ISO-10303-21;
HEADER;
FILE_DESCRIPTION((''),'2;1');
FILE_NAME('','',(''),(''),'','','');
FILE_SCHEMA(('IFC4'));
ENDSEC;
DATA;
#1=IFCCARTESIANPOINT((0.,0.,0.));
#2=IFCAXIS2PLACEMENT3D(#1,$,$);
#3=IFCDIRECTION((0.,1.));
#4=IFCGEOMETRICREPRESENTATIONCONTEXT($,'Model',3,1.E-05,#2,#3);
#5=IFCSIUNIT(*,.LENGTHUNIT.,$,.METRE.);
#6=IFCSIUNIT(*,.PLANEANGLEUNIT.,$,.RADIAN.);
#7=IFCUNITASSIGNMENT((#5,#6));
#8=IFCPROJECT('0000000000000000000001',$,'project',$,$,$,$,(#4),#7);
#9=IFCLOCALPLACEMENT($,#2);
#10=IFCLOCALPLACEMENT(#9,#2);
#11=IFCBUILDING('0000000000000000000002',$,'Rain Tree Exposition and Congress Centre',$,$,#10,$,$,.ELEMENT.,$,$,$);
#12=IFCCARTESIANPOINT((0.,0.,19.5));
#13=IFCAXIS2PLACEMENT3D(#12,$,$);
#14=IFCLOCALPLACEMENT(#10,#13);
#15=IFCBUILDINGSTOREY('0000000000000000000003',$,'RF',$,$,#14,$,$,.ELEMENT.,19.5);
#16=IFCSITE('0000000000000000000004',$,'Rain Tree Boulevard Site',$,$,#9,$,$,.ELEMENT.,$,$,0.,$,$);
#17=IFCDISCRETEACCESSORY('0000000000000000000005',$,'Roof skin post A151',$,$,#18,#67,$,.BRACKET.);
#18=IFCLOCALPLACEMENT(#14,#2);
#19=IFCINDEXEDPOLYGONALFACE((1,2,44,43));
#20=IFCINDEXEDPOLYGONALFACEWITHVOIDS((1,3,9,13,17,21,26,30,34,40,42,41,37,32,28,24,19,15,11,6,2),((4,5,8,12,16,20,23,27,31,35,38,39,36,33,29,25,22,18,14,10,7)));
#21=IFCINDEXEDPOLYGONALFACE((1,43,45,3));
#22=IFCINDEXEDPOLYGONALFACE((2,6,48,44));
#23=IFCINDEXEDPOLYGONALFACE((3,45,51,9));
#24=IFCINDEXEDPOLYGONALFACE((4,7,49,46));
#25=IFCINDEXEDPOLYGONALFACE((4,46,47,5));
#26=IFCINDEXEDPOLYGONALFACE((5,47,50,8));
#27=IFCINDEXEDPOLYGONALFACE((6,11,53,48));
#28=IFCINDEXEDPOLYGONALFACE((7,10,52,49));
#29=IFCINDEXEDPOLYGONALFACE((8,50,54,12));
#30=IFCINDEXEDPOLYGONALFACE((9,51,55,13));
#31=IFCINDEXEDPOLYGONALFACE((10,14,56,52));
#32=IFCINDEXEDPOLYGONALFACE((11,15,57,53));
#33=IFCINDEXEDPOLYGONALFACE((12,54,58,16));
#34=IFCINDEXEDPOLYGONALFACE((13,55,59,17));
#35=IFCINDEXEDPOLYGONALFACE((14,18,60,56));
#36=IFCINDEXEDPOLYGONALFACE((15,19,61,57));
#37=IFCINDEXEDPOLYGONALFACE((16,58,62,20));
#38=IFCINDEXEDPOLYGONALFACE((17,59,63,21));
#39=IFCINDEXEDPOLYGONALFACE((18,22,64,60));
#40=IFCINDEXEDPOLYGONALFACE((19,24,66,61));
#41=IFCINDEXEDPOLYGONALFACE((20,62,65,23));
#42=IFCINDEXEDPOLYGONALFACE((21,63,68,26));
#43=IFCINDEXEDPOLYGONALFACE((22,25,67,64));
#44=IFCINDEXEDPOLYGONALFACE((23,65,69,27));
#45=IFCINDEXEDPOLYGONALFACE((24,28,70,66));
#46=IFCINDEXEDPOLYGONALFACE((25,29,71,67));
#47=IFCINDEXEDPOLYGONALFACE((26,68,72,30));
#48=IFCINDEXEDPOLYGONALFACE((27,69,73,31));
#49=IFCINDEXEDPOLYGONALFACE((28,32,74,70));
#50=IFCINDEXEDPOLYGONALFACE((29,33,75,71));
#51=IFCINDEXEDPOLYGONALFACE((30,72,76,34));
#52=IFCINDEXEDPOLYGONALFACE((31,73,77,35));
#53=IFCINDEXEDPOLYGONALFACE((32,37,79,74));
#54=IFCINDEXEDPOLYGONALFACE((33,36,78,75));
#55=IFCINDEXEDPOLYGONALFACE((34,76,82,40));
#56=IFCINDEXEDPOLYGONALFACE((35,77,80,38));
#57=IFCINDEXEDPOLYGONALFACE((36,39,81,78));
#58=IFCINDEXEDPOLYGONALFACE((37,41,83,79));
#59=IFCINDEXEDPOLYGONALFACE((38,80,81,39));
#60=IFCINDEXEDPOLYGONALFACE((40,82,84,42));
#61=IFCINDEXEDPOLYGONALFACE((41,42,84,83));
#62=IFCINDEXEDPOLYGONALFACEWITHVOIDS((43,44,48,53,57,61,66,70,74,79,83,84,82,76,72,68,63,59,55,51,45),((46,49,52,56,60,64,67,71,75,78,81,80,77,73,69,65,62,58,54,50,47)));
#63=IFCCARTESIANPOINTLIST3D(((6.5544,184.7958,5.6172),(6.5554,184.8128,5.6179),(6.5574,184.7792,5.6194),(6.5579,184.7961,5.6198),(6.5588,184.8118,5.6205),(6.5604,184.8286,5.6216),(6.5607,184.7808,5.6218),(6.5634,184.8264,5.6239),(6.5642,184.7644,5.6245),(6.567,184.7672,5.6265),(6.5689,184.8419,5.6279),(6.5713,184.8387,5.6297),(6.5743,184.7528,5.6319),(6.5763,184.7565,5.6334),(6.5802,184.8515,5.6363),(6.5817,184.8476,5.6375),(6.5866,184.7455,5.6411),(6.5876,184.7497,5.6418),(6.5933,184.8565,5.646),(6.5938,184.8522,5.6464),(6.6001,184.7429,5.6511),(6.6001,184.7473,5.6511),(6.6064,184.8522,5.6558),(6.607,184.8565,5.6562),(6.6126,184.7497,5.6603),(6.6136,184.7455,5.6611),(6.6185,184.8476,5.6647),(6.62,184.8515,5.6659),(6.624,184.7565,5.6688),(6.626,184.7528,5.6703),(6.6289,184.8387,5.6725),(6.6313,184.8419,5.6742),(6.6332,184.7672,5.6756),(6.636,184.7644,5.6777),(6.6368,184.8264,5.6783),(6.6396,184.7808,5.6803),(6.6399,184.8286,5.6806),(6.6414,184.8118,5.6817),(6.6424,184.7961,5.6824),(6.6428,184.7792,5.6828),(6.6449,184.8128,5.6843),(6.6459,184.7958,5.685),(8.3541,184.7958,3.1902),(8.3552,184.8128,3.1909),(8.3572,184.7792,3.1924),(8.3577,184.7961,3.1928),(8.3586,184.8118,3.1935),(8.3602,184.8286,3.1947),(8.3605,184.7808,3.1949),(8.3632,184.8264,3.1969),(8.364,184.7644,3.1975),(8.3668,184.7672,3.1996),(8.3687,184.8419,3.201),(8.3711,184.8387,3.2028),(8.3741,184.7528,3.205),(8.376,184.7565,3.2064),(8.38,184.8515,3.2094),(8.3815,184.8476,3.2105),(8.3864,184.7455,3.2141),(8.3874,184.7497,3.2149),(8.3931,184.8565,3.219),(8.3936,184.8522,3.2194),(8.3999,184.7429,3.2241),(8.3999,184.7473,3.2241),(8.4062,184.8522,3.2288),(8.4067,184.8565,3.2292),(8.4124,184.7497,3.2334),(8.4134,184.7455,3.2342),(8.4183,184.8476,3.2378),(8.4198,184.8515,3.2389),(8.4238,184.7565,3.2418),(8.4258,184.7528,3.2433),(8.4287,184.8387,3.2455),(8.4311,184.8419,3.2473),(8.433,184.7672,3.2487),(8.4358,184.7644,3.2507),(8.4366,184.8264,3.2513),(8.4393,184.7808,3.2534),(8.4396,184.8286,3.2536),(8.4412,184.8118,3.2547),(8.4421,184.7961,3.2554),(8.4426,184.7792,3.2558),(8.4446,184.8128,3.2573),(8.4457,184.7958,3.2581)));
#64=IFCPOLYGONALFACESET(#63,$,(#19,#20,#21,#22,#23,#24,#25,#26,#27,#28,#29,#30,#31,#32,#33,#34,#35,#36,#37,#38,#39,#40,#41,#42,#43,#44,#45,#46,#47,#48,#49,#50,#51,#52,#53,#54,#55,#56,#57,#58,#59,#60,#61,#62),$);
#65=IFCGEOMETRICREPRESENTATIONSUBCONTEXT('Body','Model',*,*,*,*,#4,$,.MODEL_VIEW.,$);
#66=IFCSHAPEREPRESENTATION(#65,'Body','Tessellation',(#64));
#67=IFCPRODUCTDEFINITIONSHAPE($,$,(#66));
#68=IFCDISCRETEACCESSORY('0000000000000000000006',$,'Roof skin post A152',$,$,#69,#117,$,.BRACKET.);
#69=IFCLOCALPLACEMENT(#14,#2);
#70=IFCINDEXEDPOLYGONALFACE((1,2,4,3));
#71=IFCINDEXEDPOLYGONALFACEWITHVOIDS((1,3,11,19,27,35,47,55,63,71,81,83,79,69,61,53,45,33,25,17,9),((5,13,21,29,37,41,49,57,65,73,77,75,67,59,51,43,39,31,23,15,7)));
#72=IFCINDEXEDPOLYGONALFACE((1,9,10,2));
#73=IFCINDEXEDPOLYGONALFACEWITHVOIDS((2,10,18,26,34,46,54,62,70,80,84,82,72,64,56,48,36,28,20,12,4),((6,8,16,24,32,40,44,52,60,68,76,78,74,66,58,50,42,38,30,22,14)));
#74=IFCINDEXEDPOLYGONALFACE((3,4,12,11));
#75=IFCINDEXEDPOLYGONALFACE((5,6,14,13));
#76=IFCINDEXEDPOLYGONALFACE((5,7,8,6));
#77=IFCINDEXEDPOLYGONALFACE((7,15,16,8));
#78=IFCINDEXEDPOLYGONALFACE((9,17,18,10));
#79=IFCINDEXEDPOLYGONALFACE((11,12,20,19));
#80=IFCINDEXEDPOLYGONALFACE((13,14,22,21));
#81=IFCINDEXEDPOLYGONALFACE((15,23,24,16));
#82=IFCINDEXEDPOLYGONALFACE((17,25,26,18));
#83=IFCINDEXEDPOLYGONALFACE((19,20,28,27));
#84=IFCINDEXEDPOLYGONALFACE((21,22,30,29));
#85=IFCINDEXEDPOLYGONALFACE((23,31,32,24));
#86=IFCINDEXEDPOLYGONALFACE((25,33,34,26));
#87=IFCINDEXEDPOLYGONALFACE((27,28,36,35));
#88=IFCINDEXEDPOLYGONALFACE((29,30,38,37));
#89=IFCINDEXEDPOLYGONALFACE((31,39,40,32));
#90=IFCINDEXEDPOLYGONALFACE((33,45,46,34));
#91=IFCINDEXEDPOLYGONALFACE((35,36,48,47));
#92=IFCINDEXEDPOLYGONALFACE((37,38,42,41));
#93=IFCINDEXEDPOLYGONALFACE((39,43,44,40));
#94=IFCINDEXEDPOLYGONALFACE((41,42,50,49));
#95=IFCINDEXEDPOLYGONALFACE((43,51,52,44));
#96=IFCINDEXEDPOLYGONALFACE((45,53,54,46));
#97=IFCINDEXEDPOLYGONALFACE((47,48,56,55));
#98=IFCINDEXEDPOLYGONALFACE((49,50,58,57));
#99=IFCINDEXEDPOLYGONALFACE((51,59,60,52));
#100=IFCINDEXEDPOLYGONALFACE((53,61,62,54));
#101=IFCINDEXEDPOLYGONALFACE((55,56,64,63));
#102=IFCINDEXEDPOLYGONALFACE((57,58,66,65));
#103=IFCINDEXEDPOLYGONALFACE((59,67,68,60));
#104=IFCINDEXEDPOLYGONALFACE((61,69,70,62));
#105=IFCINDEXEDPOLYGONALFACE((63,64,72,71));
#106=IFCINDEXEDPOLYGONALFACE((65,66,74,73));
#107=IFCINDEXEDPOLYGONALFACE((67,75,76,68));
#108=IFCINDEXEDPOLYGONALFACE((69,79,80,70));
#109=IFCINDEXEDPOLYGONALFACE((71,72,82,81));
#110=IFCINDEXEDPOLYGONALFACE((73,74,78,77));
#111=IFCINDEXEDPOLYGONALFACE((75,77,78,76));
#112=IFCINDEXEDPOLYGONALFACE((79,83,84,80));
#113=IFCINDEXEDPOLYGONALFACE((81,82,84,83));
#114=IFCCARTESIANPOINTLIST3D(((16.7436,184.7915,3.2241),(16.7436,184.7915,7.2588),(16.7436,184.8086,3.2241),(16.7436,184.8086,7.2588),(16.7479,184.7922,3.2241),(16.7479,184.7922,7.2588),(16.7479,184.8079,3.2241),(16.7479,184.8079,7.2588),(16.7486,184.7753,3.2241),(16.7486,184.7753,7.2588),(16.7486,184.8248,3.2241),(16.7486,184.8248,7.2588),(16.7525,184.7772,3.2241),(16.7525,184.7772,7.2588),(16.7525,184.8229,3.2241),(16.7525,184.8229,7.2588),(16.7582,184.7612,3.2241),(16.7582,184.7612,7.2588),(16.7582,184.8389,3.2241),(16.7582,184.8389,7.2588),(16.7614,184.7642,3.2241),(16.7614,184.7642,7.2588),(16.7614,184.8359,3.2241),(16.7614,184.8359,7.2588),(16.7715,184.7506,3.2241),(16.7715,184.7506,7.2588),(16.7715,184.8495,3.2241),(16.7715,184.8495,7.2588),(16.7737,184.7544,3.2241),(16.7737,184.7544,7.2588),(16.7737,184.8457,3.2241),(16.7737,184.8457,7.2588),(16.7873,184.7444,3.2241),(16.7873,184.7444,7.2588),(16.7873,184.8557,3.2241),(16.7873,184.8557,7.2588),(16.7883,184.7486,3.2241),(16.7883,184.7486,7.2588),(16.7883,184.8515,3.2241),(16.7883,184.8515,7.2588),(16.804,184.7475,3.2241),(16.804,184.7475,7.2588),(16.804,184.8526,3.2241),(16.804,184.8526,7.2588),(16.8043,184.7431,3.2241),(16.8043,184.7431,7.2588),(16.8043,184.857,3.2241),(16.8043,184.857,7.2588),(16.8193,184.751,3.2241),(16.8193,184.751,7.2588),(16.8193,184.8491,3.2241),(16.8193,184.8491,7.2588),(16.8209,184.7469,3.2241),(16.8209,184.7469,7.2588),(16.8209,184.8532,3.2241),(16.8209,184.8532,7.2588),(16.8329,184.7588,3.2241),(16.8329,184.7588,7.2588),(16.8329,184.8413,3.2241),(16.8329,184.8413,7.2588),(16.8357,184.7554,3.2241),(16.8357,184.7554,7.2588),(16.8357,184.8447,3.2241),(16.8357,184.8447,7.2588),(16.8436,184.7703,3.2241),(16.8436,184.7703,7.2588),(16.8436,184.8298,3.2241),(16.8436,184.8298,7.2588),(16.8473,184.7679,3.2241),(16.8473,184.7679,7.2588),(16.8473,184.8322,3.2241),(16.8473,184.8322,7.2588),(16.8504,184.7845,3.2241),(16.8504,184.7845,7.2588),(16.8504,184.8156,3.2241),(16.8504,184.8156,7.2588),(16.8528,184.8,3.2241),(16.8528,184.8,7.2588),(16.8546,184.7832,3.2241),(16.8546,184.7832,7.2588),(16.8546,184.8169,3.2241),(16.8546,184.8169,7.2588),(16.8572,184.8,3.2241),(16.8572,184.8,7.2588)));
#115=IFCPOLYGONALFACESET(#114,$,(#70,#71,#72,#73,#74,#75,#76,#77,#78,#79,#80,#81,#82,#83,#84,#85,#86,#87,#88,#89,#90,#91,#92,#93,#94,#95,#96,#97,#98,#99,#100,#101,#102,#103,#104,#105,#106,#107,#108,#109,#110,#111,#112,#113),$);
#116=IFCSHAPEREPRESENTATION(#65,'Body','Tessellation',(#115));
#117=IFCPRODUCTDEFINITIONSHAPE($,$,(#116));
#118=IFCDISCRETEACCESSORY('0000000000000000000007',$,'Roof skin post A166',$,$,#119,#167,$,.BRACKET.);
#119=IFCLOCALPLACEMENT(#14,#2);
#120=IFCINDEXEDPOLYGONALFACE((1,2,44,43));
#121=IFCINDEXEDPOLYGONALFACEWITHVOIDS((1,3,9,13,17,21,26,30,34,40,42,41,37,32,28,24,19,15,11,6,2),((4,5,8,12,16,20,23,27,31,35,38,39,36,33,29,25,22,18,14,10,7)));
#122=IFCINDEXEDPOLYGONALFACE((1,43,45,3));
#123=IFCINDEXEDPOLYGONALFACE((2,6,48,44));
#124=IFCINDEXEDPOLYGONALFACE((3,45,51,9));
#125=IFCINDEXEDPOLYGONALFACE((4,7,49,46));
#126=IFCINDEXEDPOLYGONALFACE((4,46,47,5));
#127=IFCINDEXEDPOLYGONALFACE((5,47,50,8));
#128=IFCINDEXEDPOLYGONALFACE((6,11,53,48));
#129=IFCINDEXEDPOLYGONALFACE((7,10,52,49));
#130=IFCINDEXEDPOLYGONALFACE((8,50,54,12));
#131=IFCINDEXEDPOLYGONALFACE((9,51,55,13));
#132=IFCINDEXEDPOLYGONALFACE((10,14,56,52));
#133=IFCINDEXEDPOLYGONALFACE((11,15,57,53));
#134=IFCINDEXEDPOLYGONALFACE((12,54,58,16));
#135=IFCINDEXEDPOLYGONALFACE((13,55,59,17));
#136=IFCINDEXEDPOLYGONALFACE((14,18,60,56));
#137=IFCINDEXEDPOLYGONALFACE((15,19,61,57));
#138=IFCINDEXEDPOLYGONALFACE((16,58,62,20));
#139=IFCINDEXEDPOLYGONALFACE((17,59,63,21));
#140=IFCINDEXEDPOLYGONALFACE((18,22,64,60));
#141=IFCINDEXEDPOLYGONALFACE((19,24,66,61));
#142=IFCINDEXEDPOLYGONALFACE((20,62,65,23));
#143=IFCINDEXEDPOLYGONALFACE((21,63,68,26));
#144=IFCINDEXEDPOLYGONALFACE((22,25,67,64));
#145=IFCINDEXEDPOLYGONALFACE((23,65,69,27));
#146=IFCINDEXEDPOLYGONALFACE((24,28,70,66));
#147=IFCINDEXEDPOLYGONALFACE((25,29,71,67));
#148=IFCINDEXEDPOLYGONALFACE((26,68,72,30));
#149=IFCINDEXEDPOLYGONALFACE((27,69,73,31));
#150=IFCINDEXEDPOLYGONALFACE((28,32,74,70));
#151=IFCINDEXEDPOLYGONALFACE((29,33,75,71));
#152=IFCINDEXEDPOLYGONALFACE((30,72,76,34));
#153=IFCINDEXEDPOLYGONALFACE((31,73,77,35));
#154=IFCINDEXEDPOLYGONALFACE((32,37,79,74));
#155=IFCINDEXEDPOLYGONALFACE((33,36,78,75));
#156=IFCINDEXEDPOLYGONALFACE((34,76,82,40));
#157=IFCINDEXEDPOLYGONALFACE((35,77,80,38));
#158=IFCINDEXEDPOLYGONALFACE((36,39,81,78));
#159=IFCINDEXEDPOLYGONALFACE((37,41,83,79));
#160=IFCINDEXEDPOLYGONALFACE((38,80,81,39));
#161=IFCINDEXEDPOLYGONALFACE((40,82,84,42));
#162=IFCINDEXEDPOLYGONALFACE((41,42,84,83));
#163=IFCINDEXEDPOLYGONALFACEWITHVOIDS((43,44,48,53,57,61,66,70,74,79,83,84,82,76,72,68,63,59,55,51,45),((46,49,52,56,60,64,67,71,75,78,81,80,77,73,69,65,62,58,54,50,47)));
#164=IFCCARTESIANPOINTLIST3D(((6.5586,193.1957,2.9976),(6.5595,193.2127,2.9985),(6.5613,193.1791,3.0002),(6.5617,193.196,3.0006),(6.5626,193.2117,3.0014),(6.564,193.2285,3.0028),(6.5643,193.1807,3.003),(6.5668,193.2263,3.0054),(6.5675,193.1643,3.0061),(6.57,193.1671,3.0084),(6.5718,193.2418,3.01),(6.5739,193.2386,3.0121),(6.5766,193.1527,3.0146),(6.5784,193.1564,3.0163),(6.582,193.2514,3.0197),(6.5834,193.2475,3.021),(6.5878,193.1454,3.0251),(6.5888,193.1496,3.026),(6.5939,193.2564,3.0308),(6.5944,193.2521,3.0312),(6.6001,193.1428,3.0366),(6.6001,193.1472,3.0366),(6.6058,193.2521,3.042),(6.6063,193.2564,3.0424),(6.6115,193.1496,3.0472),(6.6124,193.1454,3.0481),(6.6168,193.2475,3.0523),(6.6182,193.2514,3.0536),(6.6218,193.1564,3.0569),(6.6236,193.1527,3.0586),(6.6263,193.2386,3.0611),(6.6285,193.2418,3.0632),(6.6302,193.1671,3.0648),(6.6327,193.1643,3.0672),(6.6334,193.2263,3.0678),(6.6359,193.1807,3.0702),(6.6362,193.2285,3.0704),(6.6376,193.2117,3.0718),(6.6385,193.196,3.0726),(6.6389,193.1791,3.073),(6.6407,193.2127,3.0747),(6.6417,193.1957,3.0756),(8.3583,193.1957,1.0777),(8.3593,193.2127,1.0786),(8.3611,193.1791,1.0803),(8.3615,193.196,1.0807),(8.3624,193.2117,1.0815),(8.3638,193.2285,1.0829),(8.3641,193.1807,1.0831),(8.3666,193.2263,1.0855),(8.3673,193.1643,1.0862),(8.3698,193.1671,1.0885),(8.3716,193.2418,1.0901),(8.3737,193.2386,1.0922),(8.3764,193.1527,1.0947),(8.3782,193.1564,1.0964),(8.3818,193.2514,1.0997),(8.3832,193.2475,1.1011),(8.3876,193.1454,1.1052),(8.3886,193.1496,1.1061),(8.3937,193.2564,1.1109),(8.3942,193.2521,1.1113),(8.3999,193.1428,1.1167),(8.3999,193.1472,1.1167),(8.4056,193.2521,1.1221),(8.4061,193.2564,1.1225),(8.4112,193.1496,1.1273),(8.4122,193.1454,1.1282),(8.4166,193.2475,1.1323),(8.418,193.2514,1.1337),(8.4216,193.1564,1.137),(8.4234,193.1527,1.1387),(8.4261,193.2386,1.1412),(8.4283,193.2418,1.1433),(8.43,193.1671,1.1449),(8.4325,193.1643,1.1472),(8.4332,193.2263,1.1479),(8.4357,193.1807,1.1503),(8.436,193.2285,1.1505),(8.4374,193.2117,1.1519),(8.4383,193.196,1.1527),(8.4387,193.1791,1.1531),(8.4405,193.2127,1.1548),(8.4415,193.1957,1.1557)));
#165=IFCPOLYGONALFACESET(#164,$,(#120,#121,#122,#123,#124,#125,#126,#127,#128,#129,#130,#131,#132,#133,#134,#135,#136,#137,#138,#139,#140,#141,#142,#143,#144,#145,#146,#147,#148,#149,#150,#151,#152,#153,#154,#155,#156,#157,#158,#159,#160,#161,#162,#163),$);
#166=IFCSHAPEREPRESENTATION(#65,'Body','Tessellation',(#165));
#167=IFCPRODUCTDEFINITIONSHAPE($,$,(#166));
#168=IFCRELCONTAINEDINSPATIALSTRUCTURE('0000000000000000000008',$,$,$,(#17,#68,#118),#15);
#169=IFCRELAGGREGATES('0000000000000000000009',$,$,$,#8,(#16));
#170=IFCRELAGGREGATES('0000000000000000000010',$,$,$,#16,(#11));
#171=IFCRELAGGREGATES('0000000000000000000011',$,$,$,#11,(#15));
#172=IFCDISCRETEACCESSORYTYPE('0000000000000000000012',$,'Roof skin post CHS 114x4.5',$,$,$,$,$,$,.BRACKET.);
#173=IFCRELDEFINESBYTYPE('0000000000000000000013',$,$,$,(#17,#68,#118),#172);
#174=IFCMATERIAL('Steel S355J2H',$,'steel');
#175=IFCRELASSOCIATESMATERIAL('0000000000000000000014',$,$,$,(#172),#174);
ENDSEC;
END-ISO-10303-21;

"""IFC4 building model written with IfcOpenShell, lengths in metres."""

from ifc_helpers import new_model, si_unit, direction, frame, origin, origin_2d, place, context, subcontext, project, spatial, hollow_circle, extrude, material, material_profile, profile_set, type_object, element, save


model = new_model("IFC4")

# Units and contexts
model_context = context("Model", 3, precision=1e-05, world=origin(), true_north=direction((0.0, 1.0)))
body_context = subcontext(model_context, "Body", "Model", "MODEL_VIEW")
ifc_project = project(units=[si_unit("LENGTHUNIT", "METRE"), si_unit("PLANEANGLEUNIT", "RADIAN")], contexts=[model_context])

# Site, building, storey
site_placement = place(None, origin())
site = spatial("IfcSite", under=ifc_project, at=site_placement, Name="Rain Tree Boulevard Site", CompositionType="ELEMENT", RefElevation=0.0)
building_placement = place(site_placement, origin())
building = spatial("IfcBuilding", under=site, at=building_placement, Name="Rain Tree Exposition and Congress Centre", CompositionType="ELEMENT")
storey_placement = place(building_placement, frame((0.0, 0.0, 19.5)))
storey = spatial("IfcBuildingStorey", under=building, at=storey_placement, Name="RF", CompositionType="ELEMENT", Elevation=19.5)

# Discrete accessories
ifc_material_1 = material(Name="Steel S355J2H", Category="steel")
ifc_material_profile_1 = material_profile(ifc_material_1, hollow_circle(Radius=0.0571, WallThickness=0.0044, at=origin_2d()), Name="CHS 114x4.5")
ifc_profile_set_1 = profile_set([ifc_material_profile_1], Name="Steel S355J2H")
discrete_accessory_type_1 = type_object("IfcDiscreteAccessoryType", Name="Roof skin post CHS 114x4.5", PredefinedType="BRACKET", material=ifc_profile_set_1)
discrete_accessory_1_placement = place(storey_placement, frame((8.3999, 184.8, 3.2241), z_axis=(-0.59566, 0.0, 0.803236), x_axis=(0.0, -1.0, 0.0)))
element("IfcDiscreteAccessory", 1, at=discrete_accessory_1_placement, inside=storey, type_object=discrete_accessory_type_1, Name="Roof skin post A151", PredefinedType="BRACKET", context=body_context, shape_type="SweptSolid", body=[
    extrude(hollow_circle(Radius=0.0571, WallThickness=0.0044, at=origin_2d()), origin(), (0.0, 0.0, 1.0), 3.0215),
])
discrete_accessory_2_placement = place(storey_placement, frame((16.8, 184.8, 3.2241), z_axis=(0.0, 0.0, 1.0), x_axis=(1.0, 0.0, 0.0)))
element("IfcDiscreteAccessory", 2, at=discrete_accessory_2_placement, inside=storey, type_object=discrete_accessory_type_1, Name="Roof skin post A152", PredefinedType="BRACKET", context=body_context, shape_type="SweptSolid", body=[
    extrude(hollow_circle(Radius=0.0571, WallThickness=0.0044, at=origin_2d()), origin(), (0.0, 0.0, 1.0), 4.0347),
])
discrete_accessory_3_placement = place(storey_placement, frame((8.3999, 193.2, 1.1167), z_axis=(-0.683916, 0.0, 0.72956), x_axis=(0.0, -1.0, 0.0)))
element("IfcDiscreteAccessory", 3, at=discrete_accessory_3_placement, inside=storey, type_object=discrete_accessory_type_1, Name="Roof skin post A166", PredefinedType="BRACKET", context=body_context, shape_type="SweptSolid", body=[
    extrude(hollow_circle(Radius=0.0571, WallThickness=0.0044, at=origin_2d()), origin(), (0.0, 0.0, 1.0), 2.6316),
])

save(model, "model.ifc")
